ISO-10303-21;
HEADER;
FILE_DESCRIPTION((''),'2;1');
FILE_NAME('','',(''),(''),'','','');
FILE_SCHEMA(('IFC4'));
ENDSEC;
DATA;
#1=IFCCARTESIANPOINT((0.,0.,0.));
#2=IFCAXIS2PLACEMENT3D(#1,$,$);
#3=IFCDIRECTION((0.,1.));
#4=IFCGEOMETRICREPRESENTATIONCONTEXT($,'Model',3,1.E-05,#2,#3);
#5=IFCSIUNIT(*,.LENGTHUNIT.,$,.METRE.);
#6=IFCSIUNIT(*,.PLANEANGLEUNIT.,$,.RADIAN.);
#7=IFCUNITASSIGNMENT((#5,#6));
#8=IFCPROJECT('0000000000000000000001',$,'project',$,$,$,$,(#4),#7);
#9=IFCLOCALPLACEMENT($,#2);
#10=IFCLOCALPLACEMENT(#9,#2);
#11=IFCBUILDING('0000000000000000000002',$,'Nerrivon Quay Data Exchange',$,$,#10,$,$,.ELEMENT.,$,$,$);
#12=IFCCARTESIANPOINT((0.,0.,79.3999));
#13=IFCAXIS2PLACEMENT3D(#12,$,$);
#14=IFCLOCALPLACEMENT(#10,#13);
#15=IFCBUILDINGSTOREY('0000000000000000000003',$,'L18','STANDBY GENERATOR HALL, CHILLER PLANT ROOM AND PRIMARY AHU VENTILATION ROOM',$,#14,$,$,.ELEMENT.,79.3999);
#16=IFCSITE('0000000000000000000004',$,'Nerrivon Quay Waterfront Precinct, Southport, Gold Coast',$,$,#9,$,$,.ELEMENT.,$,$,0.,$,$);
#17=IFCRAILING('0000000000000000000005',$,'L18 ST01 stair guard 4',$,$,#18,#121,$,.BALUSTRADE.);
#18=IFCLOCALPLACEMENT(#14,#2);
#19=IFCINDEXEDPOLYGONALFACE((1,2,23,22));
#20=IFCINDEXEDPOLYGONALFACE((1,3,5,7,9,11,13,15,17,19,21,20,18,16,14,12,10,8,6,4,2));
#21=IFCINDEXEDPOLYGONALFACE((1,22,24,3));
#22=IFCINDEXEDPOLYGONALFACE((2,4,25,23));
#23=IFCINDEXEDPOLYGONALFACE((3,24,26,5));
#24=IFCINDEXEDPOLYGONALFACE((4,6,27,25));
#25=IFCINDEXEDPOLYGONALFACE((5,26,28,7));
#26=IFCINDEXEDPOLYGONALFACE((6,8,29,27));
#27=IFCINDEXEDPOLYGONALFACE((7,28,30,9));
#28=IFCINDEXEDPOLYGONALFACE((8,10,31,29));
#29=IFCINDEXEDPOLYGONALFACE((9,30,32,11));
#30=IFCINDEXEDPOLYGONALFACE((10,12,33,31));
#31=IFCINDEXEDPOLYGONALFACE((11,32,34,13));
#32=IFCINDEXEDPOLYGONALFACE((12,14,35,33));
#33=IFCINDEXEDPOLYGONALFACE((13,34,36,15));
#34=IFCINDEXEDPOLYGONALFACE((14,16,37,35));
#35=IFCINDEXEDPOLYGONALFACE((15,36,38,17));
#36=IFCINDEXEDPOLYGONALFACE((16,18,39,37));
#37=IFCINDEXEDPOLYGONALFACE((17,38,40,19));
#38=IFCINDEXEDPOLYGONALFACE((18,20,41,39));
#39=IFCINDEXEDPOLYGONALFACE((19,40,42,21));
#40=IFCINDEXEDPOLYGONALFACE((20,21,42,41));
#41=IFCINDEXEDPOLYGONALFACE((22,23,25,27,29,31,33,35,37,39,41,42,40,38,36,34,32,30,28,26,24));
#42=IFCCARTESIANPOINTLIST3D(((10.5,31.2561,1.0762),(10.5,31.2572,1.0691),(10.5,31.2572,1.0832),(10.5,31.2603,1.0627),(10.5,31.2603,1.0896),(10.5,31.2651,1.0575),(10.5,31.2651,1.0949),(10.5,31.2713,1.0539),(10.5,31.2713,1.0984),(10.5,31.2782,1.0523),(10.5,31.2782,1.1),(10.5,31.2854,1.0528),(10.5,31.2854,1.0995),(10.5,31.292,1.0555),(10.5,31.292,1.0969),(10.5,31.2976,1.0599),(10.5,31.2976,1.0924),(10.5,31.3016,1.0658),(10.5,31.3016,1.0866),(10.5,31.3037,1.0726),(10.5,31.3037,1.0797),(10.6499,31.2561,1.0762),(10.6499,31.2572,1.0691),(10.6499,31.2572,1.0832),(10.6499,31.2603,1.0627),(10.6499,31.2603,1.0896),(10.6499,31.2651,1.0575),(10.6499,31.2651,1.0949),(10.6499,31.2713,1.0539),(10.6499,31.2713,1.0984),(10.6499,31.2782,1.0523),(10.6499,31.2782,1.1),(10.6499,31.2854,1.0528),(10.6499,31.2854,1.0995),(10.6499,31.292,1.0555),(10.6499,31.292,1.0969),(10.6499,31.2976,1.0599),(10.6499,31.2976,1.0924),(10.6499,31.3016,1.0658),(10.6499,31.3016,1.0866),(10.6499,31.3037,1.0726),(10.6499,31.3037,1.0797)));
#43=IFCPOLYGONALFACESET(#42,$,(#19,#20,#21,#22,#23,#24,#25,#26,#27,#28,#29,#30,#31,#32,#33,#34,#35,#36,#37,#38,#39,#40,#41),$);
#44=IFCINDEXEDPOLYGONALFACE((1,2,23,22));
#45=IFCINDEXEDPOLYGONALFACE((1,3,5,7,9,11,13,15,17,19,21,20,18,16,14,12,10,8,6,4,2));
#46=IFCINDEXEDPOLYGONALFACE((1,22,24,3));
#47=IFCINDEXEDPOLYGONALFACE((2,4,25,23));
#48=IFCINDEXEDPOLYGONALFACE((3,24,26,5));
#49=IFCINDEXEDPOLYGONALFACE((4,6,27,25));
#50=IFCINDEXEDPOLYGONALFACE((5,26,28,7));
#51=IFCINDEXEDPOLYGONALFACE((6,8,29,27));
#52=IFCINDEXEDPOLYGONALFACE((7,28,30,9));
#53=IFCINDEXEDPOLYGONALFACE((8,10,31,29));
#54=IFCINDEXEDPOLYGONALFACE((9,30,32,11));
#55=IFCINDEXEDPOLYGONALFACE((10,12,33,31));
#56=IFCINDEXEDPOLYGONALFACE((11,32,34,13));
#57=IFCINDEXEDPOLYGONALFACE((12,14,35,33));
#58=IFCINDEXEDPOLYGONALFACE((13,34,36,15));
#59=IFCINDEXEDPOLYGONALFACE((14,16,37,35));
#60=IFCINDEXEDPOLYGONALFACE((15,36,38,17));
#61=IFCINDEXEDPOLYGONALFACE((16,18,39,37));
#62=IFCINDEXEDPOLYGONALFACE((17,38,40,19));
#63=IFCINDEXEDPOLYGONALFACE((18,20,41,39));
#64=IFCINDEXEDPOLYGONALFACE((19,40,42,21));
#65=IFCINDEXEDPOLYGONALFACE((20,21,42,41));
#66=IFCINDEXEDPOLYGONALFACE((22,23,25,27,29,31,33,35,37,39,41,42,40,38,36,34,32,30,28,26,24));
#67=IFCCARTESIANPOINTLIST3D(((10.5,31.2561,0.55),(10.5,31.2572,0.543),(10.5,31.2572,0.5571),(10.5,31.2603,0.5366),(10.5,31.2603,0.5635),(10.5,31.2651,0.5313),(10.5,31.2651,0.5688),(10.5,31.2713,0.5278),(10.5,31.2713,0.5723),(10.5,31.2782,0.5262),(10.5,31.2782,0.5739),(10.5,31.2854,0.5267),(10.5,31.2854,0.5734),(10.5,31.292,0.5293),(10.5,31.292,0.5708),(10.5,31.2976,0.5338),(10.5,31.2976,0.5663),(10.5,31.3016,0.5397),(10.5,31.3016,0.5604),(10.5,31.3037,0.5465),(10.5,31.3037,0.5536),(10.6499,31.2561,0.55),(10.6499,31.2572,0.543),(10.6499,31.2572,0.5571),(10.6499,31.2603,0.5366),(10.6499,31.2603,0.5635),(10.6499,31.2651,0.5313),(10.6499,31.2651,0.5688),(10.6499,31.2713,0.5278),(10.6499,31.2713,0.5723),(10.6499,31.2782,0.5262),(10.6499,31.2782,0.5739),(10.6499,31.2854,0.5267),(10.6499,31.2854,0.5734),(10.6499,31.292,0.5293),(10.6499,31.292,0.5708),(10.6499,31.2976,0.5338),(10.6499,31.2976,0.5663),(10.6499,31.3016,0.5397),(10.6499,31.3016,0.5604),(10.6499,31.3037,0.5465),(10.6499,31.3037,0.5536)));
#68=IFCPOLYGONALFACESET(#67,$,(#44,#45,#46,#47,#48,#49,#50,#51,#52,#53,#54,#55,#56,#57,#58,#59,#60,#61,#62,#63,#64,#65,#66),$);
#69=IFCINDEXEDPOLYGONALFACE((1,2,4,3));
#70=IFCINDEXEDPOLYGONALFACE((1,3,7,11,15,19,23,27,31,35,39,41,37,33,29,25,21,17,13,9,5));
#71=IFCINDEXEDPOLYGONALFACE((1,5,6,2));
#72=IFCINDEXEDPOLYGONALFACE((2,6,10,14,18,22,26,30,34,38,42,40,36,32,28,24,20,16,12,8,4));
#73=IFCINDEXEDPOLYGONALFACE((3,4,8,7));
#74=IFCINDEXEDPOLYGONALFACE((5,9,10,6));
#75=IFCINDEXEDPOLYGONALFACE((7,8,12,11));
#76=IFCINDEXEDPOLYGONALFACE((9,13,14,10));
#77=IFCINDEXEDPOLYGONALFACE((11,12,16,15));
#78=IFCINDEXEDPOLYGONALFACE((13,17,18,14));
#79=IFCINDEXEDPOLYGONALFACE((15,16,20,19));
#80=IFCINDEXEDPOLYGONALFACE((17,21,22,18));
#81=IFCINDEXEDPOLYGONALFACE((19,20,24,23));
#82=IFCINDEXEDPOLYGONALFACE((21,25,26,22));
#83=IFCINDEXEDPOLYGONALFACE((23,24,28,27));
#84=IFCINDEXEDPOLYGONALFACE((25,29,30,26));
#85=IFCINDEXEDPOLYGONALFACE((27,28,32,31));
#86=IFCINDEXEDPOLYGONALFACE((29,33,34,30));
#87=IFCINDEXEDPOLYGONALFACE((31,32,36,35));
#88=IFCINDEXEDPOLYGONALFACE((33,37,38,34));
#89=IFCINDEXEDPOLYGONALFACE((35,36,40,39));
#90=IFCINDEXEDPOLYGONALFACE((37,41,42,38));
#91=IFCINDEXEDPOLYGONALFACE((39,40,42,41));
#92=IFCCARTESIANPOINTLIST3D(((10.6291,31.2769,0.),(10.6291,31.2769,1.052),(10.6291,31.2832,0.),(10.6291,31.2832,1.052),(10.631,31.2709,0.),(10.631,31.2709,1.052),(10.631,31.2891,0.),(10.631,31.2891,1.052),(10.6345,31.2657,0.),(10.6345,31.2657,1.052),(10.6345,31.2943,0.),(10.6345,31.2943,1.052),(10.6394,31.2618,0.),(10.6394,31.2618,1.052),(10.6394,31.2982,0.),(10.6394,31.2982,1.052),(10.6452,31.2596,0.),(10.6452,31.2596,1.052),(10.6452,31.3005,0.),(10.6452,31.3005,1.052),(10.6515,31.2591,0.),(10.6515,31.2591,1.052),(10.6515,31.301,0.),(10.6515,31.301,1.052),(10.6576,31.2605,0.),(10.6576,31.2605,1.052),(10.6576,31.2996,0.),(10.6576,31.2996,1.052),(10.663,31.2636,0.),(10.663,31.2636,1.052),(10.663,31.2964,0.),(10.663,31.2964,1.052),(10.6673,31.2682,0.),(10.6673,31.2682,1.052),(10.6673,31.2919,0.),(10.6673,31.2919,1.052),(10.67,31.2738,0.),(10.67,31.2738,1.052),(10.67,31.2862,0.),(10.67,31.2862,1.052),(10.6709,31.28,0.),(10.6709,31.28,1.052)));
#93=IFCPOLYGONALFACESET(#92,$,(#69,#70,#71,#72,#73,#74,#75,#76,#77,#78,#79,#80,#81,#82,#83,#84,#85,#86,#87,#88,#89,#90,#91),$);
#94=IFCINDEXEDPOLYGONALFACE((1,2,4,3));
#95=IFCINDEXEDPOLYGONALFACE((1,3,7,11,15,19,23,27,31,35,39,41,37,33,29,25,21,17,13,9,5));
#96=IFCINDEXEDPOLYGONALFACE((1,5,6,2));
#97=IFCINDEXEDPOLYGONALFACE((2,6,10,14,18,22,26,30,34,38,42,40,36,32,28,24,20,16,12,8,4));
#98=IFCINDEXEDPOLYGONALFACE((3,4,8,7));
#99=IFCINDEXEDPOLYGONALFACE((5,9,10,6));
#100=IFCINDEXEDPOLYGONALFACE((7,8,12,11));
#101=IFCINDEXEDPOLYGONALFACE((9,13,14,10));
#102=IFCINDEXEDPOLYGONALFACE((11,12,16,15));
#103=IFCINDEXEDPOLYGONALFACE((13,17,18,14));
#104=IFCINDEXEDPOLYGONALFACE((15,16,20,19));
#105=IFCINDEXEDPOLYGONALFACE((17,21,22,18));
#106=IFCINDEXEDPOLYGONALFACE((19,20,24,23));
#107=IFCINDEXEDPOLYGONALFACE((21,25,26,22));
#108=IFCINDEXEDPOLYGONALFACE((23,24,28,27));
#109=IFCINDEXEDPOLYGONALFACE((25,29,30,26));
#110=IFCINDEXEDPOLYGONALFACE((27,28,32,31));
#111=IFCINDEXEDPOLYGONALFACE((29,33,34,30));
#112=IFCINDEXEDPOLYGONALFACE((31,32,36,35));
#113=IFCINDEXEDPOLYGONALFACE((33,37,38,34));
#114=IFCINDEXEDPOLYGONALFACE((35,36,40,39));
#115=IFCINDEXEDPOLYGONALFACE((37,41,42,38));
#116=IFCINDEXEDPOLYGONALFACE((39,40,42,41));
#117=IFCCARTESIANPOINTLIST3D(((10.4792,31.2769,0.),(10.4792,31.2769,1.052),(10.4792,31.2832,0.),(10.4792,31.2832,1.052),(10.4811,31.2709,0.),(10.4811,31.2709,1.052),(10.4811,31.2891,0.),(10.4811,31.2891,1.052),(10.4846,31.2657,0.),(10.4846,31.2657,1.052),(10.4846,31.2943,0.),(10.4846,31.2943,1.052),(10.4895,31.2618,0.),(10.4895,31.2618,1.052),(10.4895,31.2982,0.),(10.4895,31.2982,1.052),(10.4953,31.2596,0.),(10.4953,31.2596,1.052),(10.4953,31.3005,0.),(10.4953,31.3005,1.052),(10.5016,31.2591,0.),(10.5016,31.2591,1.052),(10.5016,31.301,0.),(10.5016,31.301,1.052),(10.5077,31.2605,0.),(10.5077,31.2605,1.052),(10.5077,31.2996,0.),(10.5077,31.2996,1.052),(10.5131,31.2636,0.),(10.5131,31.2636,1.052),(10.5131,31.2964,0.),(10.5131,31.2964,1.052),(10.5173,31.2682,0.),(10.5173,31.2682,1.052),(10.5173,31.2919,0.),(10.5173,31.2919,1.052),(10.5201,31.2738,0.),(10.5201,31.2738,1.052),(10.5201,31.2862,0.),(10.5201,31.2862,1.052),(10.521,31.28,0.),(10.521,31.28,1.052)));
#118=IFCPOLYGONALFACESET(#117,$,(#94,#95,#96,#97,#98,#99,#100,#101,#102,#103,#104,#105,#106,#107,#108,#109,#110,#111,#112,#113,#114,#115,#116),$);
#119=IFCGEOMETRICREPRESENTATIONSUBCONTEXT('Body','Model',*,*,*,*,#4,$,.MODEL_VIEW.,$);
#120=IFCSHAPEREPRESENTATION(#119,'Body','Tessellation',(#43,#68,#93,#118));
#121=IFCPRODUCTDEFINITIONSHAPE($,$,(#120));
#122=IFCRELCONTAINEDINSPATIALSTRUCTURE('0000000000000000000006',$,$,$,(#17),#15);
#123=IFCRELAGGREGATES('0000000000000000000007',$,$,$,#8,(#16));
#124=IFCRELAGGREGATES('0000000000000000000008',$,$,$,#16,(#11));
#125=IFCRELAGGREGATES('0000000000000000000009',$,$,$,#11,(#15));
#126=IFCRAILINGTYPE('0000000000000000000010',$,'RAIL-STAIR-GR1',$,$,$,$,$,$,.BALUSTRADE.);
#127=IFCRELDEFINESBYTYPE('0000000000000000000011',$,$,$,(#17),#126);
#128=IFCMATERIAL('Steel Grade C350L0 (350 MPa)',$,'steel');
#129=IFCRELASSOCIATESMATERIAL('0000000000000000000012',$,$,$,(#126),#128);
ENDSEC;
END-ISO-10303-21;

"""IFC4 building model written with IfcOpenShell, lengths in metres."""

from ifc_helpers import new_model, si_unit, direction, frame, origin, origin_2d, place, context, subcontext, project, spatial, circle, extrude, material, type_object, element, save


model = new_model("IFC4")

# Units and contexts
model_context = context("Model", 3, precision=1e-05, world=origin(), true_north=direction((0.0, 1.0)))
body_context = subcontext(model_context, "Body", "Model", "MODEL_VIEW")
ifc_project = project(units=[si_unit("LENGTHUNIT", "METRE"), si_unit("PLANEANGLEUNIT", "RADIAN")], contexts=[model_context])

# Site, building, storey
site_placement = place(None, origin())
site = spatial("IfcSite", under=ifc_project, at=site_placement, Name="Nerrivon Quay Waterfront Precinct, Southport, Gold Coast", CompositionType="ELEMENT", RefElevation=0.0)
building_placement = place(site_placement, origin())
building = spatial("IfcBuilding", under=site, at=building_placement, Name="Nerrivon Quay Data Exchange", CompositionType="ELEMENT")
storey_placement = place(building_placement, frame((0.0, 0.0, 79.3999)))
storey = spatial("IfcBuildingStorey", under=building, at=storey_placement, Name="L18", Description="STANDBY GENERATOR HALL, CHILLER PLANT ROOM AND PRIMARY AHU VENTILATION ROOM", CompositionType="ELEMENT", Elevation=79.3999)

# Railing
ifc_material_1 = material(Name="Steel Grade C350L0 (350 MPa)", Category="steel")
railing_type_1 = type_object("IfcRailingType", Name="RAIL-STAIR-GR1", PredefinedType="BALUSTRADE", material=ifc_material_1)
railing_1_placement = place(storey_placement, frame((10.6499, 31.28, 0.0)))
element("IfcRailing", 1, at=railing_1_placement, inside=storey, type_object=railing_type_1, Name="L18 ST01 stair guard 4", PredefinedType="BALUSTRADE", context=body_context, shape_type="SweptSolid", body=[
    extrude(circle(Radius=0.0239, at=origin_2d()), frame((0.0, 0.0, 1.0762), z_axis=(-1.0, 0.0, 0.0), x_axis=(0.0, -1.0, 0.0)), (0.0, 0.0, 1.0), 0.1499),
    extrude(circle(Radius=0.0239, at=origin_2d()), frame((0.0, 0.0, 0.55), z_axis=(-1.0, 0.0, 0.0), x_axis=(0.0, -1.0, 0.0)), (0.0, 0.0, 1.0), 0.1499),
    extrude(circle(Radius=0.021, at=origin_2d()), origin(), (0.0, 0.0, 1.0), 1.052),
    extrude(circle(Radius=0.021, at=origin_2d()), frame((-0.1499, 0.0, 0.0)), (0.0, 0.0, 1.0), 1.052),
])

save(model, "model.ifc")
